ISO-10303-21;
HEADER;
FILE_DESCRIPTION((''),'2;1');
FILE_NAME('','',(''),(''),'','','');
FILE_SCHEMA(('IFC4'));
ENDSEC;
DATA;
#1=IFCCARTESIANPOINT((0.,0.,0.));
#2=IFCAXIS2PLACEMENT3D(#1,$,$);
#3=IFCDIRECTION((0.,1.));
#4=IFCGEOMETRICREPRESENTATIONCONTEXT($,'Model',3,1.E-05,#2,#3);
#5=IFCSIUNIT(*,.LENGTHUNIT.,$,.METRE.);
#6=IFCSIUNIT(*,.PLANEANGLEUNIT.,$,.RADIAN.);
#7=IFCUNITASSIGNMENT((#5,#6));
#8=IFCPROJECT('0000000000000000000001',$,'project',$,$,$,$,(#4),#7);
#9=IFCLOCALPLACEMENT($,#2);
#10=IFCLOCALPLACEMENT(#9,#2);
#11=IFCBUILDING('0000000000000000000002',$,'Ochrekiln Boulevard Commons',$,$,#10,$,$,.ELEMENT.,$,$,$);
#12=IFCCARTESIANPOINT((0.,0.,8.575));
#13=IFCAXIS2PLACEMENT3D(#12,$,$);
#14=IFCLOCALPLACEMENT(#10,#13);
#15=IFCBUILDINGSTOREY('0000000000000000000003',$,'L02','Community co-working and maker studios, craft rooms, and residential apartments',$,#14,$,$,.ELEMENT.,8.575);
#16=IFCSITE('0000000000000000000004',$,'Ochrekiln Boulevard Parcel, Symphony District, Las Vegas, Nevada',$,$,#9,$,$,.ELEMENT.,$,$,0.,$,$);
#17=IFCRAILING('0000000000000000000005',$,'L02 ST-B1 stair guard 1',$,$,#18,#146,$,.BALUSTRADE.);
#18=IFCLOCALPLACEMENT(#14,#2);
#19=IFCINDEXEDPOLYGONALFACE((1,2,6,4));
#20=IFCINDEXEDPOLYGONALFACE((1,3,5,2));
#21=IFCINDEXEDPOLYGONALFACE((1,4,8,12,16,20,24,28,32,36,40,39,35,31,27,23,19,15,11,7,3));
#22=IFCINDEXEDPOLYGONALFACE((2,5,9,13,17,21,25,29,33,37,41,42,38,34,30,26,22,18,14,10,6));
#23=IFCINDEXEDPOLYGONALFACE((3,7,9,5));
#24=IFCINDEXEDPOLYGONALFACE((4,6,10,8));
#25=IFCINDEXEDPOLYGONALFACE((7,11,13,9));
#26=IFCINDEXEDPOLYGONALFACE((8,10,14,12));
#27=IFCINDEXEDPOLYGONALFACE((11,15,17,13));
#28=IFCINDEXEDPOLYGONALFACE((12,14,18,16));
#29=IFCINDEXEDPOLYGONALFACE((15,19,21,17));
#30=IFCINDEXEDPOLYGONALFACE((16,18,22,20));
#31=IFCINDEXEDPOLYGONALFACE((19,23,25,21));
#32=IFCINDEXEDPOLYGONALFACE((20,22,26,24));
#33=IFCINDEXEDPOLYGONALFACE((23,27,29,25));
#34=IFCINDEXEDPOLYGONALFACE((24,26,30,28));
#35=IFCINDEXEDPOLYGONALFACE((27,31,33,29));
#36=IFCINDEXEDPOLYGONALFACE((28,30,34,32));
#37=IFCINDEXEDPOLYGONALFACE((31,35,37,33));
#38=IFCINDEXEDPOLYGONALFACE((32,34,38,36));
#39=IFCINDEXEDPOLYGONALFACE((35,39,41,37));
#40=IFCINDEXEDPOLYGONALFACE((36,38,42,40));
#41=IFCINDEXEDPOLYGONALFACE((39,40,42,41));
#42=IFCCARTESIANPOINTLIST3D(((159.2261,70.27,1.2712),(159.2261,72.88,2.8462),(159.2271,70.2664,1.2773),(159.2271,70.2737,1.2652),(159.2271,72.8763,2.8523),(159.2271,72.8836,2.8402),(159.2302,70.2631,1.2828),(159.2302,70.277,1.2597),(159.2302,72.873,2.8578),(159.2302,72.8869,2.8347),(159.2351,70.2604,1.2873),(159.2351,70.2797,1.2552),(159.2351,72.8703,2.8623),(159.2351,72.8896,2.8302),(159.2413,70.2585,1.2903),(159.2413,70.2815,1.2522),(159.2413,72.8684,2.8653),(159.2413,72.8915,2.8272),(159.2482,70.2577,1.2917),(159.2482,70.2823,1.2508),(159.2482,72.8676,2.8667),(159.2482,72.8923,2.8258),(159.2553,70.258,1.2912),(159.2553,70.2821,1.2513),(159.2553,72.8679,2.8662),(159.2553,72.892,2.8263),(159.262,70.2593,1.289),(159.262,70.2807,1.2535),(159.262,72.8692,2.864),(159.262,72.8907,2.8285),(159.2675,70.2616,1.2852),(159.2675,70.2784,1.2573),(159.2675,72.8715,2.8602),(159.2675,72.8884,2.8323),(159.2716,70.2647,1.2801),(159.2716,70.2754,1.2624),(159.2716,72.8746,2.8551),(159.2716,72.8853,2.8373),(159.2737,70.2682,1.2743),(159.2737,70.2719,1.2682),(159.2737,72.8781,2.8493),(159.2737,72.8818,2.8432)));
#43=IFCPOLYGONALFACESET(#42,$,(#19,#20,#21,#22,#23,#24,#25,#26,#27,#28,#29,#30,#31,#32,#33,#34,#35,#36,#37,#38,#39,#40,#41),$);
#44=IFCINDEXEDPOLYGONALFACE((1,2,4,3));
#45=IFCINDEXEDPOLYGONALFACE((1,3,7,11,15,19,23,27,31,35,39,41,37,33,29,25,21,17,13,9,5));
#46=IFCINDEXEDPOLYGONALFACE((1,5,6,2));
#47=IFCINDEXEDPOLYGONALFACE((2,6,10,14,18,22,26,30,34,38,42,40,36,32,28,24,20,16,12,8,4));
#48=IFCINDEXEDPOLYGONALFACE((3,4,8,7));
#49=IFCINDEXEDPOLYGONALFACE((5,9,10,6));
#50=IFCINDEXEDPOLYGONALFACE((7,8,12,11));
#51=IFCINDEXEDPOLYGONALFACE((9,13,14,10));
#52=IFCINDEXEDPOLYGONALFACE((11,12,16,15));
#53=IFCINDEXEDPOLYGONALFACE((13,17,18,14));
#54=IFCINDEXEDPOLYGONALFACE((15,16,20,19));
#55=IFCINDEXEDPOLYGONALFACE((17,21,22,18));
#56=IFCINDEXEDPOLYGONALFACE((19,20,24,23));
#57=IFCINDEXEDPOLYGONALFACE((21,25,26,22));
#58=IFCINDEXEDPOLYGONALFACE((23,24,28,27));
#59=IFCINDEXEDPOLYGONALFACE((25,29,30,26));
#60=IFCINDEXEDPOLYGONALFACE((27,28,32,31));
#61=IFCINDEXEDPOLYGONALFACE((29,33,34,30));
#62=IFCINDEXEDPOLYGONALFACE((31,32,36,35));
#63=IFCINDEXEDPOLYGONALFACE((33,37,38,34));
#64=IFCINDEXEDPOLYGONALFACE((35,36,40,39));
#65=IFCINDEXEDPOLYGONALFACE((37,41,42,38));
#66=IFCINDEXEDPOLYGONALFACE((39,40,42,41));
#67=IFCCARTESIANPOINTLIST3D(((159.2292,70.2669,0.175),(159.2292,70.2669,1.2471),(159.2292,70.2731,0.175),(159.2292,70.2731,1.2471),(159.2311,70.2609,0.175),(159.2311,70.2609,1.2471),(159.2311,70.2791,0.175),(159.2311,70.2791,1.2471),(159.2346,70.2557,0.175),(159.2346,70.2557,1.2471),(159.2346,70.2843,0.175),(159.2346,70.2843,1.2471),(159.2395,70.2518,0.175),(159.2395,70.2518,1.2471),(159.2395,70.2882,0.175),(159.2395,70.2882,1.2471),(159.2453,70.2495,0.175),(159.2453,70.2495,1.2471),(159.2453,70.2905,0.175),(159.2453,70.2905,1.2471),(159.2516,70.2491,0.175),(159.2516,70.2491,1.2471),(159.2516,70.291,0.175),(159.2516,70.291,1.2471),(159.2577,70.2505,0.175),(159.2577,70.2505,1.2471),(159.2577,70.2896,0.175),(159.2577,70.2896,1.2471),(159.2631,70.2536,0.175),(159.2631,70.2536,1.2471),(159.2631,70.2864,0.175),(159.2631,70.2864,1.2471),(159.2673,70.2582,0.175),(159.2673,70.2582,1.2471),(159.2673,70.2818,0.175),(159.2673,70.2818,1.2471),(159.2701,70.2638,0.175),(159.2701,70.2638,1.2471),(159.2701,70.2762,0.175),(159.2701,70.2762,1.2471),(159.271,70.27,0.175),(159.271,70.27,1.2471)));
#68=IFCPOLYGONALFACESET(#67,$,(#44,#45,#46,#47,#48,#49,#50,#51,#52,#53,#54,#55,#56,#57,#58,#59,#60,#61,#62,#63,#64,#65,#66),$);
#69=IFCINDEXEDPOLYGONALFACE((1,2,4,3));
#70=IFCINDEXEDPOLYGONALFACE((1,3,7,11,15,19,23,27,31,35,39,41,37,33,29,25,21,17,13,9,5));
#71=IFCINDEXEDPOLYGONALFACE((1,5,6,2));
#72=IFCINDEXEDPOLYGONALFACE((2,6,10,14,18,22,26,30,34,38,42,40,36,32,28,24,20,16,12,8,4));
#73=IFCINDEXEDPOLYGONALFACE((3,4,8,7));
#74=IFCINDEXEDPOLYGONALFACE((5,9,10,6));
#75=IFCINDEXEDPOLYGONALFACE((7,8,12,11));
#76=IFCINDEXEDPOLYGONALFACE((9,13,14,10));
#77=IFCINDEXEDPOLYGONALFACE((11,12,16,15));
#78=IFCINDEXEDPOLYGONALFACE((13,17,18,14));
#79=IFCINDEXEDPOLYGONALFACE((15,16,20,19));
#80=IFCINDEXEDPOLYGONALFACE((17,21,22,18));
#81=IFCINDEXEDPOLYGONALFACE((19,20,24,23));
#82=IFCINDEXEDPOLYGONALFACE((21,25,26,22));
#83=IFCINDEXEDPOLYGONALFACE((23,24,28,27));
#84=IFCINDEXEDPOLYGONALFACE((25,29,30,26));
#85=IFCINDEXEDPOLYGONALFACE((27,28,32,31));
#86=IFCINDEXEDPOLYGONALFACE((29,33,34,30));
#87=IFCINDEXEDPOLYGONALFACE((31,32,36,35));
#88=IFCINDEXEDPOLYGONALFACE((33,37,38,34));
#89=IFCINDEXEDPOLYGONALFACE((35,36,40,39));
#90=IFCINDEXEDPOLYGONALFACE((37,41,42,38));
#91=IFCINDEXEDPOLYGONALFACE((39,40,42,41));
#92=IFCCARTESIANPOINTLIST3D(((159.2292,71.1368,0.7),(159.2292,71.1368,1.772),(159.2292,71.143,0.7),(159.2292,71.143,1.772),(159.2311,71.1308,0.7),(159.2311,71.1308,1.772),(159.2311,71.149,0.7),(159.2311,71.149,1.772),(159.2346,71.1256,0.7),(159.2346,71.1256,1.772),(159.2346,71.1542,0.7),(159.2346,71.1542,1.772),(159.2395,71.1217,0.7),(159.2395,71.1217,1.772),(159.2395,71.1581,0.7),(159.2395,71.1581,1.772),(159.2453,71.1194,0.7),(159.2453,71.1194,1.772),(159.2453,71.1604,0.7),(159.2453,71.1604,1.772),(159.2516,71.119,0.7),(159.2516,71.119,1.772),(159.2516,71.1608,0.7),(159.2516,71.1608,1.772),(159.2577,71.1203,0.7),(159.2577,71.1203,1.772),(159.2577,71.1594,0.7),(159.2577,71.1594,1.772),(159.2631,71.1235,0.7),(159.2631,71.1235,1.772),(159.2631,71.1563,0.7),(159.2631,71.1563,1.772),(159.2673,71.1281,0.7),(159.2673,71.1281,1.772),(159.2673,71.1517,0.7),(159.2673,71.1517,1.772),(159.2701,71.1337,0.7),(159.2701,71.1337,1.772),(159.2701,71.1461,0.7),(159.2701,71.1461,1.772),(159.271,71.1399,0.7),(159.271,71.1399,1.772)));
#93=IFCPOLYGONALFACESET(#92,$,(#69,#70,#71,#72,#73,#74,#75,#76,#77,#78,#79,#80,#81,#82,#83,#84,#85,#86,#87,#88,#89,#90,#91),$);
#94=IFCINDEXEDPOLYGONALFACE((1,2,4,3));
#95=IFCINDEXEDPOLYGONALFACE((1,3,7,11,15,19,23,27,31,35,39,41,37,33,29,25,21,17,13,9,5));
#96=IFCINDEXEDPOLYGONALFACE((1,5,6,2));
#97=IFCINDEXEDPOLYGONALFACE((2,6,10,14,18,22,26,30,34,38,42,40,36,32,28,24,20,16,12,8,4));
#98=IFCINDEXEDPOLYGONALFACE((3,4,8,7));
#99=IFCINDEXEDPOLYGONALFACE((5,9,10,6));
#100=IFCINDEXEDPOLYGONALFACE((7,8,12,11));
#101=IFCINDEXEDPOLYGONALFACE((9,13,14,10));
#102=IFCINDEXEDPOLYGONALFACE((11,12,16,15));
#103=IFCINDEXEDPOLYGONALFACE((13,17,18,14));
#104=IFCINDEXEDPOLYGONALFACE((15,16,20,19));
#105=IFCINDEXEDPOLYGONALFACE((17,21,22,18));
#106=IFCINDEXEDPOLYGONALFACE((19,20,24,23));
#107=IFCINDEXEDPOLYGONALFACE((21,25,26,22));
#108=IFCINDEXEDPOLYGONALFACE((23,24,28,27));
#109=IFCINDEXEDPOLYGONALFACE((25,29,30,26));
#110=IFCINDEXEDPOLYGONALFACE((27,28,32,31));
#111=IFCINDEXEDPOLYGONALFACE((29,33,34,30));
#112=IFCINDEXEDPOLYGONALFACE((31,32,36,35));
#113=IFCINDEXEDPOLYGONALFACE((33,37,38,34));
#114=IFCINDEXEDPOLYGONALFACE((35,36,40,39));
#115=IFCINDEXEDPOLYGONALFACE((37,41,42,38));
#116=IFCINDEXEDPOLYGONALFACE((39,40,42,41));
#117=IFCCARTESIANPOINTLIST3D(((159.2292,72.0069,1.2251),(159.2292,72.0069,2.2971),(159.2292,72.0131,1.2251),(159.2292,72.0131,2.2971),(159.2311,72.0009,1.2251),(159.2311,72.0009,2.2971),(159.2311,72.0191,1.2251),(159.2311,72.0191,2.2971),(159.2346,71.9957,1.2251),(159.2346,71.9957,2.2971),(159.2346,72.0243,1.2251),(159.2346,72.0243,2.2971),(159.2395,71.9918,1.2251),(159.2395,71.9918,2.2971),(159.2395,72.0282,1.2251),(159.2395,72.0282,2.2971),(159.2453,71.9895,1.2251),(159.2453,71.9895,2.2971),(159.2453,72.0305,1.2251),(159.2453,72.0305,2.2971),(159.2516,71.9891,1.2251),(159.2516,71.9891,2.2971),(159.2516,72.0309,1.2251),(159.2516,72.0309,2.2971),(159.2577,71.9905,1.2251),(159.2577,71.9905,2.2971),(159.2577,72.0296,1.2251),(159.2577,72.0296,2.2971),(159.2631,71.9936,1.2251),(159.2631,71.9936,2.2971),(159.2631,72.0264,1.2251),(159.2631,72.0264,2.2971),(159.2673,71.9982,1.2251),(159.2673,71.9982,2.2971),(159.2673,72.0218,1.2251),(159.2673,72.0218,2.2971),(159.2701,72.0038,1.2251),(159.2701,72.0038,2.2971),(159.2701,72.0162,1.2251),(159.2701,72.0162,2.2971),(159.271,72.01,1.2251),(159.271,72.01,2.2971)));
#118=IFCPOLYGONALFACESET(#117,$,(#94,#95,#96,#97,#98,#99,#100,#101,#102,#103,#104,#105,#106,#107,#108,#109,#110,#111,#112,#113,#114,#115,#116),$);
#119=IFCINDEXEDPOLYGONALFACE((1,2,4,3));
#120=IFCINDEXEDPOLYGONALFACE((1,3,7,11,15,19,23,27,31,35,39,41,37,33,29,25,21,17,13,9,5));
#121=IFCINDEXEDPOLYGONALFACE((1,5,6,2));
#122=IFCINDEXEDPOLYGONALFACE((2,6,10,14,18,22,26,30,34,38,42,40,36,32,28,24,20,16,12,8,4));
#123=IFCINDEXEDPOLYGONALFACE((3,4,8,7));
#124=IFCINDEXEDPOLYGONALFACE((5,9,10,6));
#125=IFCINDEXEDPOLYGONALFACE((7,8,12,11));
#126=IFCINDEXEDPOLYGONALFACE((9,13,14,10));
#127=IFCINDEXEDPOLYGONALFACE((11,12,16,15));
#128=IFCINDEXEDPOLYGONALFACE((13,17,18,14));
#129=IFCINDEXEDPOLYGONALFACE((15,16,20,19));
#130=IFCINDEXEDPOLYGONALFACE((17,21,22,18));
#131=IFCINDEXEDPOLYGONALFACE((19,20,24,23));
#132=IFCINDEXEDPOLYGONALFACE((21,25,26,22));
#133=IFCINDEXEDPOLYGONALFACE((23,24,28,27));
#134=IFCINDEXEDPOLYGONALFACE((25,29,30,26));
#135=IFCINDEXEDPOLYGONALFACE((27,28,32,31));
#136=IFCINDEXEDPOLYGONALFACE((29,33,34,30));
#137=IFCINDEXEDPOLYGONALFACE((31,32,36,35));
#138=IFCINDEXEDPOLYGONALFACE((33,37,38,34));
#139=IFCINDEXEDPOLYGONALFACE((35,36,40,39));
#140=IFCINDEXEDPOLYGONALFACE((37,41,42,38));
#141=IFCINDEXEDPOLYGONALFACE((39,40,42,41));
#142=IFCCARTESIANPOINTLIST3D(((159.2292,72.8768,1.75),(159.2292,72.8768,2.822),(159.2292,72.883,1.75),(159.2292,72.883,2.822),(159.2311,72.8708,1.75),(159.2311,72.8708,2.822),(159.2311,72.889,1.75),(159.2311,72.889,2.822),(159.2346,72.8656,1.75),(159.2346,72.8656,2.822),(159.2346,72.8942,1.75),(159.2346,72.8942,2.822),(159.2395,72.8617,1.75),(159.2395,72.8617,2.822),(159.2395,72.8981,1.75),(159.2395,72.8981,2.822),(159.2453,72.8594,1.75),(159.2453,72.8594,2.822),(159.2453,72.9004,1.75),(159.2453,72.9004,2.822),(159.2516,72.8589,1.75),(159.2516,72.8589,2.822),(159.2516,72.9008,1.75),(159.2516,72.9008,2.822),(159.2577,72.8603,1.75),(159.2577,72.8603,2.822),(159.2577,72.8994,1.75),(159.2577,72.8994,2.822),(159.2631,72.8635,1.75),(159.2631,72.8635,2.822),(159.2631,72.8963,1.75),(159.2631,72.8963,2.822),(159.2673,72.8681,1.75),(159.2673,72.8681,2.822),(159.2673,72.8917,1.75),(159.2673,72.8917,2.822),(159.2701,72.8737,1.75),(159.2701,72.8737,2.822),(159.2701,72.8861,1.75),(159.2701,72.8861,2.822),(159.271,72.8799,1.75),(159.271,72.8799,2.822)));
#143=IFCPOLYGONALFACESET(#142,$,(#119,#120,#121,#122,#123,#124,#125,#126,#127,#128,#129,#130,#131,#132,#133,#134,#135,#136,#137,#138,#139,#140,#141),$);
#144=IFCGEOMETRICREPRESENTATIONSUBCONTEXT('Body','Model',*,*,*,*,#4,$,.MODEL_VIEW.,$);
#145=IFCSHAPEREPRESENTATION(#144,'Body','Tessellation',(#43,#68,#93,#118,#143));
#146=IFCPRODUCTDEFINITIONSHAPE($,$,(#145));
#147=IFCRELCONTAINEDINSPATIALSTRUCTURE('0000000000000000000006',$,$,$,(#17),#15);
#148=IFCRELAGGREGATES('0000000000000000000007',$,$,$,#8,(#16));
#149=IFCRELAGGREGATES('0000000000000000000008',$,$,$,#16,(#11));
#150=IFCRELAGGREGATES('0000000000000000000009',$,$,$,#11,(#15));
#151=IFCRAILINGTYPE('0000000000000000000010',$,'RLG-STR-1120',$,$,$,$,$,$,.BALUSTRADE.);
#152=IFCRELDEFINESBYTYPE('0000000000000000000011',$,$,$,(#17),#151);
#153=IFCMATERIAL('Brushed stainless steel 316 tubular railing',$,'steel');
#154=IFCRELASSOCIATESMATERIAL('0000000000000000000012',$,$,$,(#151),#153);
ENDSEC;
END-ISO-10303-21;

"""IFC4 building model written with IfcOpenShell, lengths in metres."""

from ifc_helpers import new_model, si_unit, direction, frame, origin, origin_2d, place, context, subcontext, project, spatial, circle, extrude, material, type_object, element, save


model = new_model("IFC4")

# Units and contexts
model_context = context("Model", 3, precision=1e-05, world=origin(), true_north=direction((0.0, 1.0)))
body_context = subcontext(model_context, "Body", "Model", "MODEL_VIEW")
ifc_project = project(units=[si_unit("LENGTHUNIT", "METRE"), si_unit("PLANEANGLEUNIT", "RADIAN")], contexts=[model_context])

# Site, building, storey
site_placement = place(None, origin())
site = spatial("IfcSite", under=ifc_project, at=site_placement, Name="Ochrekiln Boulevard Parcel, Symphony District, Las Vegas, Nevada", CompositionType="ELEMENT", RefElevation=0.0)
building_placement = place(site_placement, origin())
building = spatial("IfcBuilding", under=site, at=building_placement, Name="Ochrekiln Boulevard Commons", CompositionType="ELEMENT")
storey_placement = place(building_placement, frame((0.0, 0.0, 8.575)))
storey = spatial("IfcBuildingStorey", under=building, at=storey_placement, Name="L02", Description="Community co-working and maker studios, craft rooms, and residential apartments", CompositionType="ELEMENT", Elevation=8.575)

# Railing
ifc_material_1 = material(Name="Brushed stainless steel 316 tubular railing", Category="steel")
railing_type_1 = type_object("IfcRailingType", Name="RLG-STR-1120", PredefinedType="BALUSTRADE", material=ifc_material_1)
railing_1_placement = place(storey_placement, frame((159.25, 70.27, 0.175)))
element("IfcRailing", 1, at=railing_1_placement, inside=storey, type_object=railing_type_1, Name="L02 ST-B1 stair guard 1", PredefinedType="BALUSTRADE", context=body_context, shape_type="SweptSolid", body=[
    extrude(circle(Radius=0.0239, at=origin_2d()), frame((0.0, 0.0, 1.0962), z_axis=(0.0, 0.856183, 0.516673), x_axis=(-1.0, 0.0, 0.0)), (0.0, 0.0, 1.0), 3.0483),
    extrude(circle(Radius=0.021, at=origin_2d()), origin(), (0.0, 0.0, 1.0), 1.072),
    extrude(circle(Radius=0.021, at=origin_2d()), frame((0.0, 0.8699, 0.5249)), (0.0, 0.0, 1.0), 1.072),
    extrude(circle(Radius=0.021, at=origin_2d()), frame((0.0, 1.74, 1.05)), (0.0, 0.0, 1.0), 1.072),
    extrude(circle(Radius=0.021, at=origin_2d()), frame((0.0, 2.6099, 1.575)), (0.0, 0.0, 1.0), 1.072),
])

save(model, "model.ifc")
